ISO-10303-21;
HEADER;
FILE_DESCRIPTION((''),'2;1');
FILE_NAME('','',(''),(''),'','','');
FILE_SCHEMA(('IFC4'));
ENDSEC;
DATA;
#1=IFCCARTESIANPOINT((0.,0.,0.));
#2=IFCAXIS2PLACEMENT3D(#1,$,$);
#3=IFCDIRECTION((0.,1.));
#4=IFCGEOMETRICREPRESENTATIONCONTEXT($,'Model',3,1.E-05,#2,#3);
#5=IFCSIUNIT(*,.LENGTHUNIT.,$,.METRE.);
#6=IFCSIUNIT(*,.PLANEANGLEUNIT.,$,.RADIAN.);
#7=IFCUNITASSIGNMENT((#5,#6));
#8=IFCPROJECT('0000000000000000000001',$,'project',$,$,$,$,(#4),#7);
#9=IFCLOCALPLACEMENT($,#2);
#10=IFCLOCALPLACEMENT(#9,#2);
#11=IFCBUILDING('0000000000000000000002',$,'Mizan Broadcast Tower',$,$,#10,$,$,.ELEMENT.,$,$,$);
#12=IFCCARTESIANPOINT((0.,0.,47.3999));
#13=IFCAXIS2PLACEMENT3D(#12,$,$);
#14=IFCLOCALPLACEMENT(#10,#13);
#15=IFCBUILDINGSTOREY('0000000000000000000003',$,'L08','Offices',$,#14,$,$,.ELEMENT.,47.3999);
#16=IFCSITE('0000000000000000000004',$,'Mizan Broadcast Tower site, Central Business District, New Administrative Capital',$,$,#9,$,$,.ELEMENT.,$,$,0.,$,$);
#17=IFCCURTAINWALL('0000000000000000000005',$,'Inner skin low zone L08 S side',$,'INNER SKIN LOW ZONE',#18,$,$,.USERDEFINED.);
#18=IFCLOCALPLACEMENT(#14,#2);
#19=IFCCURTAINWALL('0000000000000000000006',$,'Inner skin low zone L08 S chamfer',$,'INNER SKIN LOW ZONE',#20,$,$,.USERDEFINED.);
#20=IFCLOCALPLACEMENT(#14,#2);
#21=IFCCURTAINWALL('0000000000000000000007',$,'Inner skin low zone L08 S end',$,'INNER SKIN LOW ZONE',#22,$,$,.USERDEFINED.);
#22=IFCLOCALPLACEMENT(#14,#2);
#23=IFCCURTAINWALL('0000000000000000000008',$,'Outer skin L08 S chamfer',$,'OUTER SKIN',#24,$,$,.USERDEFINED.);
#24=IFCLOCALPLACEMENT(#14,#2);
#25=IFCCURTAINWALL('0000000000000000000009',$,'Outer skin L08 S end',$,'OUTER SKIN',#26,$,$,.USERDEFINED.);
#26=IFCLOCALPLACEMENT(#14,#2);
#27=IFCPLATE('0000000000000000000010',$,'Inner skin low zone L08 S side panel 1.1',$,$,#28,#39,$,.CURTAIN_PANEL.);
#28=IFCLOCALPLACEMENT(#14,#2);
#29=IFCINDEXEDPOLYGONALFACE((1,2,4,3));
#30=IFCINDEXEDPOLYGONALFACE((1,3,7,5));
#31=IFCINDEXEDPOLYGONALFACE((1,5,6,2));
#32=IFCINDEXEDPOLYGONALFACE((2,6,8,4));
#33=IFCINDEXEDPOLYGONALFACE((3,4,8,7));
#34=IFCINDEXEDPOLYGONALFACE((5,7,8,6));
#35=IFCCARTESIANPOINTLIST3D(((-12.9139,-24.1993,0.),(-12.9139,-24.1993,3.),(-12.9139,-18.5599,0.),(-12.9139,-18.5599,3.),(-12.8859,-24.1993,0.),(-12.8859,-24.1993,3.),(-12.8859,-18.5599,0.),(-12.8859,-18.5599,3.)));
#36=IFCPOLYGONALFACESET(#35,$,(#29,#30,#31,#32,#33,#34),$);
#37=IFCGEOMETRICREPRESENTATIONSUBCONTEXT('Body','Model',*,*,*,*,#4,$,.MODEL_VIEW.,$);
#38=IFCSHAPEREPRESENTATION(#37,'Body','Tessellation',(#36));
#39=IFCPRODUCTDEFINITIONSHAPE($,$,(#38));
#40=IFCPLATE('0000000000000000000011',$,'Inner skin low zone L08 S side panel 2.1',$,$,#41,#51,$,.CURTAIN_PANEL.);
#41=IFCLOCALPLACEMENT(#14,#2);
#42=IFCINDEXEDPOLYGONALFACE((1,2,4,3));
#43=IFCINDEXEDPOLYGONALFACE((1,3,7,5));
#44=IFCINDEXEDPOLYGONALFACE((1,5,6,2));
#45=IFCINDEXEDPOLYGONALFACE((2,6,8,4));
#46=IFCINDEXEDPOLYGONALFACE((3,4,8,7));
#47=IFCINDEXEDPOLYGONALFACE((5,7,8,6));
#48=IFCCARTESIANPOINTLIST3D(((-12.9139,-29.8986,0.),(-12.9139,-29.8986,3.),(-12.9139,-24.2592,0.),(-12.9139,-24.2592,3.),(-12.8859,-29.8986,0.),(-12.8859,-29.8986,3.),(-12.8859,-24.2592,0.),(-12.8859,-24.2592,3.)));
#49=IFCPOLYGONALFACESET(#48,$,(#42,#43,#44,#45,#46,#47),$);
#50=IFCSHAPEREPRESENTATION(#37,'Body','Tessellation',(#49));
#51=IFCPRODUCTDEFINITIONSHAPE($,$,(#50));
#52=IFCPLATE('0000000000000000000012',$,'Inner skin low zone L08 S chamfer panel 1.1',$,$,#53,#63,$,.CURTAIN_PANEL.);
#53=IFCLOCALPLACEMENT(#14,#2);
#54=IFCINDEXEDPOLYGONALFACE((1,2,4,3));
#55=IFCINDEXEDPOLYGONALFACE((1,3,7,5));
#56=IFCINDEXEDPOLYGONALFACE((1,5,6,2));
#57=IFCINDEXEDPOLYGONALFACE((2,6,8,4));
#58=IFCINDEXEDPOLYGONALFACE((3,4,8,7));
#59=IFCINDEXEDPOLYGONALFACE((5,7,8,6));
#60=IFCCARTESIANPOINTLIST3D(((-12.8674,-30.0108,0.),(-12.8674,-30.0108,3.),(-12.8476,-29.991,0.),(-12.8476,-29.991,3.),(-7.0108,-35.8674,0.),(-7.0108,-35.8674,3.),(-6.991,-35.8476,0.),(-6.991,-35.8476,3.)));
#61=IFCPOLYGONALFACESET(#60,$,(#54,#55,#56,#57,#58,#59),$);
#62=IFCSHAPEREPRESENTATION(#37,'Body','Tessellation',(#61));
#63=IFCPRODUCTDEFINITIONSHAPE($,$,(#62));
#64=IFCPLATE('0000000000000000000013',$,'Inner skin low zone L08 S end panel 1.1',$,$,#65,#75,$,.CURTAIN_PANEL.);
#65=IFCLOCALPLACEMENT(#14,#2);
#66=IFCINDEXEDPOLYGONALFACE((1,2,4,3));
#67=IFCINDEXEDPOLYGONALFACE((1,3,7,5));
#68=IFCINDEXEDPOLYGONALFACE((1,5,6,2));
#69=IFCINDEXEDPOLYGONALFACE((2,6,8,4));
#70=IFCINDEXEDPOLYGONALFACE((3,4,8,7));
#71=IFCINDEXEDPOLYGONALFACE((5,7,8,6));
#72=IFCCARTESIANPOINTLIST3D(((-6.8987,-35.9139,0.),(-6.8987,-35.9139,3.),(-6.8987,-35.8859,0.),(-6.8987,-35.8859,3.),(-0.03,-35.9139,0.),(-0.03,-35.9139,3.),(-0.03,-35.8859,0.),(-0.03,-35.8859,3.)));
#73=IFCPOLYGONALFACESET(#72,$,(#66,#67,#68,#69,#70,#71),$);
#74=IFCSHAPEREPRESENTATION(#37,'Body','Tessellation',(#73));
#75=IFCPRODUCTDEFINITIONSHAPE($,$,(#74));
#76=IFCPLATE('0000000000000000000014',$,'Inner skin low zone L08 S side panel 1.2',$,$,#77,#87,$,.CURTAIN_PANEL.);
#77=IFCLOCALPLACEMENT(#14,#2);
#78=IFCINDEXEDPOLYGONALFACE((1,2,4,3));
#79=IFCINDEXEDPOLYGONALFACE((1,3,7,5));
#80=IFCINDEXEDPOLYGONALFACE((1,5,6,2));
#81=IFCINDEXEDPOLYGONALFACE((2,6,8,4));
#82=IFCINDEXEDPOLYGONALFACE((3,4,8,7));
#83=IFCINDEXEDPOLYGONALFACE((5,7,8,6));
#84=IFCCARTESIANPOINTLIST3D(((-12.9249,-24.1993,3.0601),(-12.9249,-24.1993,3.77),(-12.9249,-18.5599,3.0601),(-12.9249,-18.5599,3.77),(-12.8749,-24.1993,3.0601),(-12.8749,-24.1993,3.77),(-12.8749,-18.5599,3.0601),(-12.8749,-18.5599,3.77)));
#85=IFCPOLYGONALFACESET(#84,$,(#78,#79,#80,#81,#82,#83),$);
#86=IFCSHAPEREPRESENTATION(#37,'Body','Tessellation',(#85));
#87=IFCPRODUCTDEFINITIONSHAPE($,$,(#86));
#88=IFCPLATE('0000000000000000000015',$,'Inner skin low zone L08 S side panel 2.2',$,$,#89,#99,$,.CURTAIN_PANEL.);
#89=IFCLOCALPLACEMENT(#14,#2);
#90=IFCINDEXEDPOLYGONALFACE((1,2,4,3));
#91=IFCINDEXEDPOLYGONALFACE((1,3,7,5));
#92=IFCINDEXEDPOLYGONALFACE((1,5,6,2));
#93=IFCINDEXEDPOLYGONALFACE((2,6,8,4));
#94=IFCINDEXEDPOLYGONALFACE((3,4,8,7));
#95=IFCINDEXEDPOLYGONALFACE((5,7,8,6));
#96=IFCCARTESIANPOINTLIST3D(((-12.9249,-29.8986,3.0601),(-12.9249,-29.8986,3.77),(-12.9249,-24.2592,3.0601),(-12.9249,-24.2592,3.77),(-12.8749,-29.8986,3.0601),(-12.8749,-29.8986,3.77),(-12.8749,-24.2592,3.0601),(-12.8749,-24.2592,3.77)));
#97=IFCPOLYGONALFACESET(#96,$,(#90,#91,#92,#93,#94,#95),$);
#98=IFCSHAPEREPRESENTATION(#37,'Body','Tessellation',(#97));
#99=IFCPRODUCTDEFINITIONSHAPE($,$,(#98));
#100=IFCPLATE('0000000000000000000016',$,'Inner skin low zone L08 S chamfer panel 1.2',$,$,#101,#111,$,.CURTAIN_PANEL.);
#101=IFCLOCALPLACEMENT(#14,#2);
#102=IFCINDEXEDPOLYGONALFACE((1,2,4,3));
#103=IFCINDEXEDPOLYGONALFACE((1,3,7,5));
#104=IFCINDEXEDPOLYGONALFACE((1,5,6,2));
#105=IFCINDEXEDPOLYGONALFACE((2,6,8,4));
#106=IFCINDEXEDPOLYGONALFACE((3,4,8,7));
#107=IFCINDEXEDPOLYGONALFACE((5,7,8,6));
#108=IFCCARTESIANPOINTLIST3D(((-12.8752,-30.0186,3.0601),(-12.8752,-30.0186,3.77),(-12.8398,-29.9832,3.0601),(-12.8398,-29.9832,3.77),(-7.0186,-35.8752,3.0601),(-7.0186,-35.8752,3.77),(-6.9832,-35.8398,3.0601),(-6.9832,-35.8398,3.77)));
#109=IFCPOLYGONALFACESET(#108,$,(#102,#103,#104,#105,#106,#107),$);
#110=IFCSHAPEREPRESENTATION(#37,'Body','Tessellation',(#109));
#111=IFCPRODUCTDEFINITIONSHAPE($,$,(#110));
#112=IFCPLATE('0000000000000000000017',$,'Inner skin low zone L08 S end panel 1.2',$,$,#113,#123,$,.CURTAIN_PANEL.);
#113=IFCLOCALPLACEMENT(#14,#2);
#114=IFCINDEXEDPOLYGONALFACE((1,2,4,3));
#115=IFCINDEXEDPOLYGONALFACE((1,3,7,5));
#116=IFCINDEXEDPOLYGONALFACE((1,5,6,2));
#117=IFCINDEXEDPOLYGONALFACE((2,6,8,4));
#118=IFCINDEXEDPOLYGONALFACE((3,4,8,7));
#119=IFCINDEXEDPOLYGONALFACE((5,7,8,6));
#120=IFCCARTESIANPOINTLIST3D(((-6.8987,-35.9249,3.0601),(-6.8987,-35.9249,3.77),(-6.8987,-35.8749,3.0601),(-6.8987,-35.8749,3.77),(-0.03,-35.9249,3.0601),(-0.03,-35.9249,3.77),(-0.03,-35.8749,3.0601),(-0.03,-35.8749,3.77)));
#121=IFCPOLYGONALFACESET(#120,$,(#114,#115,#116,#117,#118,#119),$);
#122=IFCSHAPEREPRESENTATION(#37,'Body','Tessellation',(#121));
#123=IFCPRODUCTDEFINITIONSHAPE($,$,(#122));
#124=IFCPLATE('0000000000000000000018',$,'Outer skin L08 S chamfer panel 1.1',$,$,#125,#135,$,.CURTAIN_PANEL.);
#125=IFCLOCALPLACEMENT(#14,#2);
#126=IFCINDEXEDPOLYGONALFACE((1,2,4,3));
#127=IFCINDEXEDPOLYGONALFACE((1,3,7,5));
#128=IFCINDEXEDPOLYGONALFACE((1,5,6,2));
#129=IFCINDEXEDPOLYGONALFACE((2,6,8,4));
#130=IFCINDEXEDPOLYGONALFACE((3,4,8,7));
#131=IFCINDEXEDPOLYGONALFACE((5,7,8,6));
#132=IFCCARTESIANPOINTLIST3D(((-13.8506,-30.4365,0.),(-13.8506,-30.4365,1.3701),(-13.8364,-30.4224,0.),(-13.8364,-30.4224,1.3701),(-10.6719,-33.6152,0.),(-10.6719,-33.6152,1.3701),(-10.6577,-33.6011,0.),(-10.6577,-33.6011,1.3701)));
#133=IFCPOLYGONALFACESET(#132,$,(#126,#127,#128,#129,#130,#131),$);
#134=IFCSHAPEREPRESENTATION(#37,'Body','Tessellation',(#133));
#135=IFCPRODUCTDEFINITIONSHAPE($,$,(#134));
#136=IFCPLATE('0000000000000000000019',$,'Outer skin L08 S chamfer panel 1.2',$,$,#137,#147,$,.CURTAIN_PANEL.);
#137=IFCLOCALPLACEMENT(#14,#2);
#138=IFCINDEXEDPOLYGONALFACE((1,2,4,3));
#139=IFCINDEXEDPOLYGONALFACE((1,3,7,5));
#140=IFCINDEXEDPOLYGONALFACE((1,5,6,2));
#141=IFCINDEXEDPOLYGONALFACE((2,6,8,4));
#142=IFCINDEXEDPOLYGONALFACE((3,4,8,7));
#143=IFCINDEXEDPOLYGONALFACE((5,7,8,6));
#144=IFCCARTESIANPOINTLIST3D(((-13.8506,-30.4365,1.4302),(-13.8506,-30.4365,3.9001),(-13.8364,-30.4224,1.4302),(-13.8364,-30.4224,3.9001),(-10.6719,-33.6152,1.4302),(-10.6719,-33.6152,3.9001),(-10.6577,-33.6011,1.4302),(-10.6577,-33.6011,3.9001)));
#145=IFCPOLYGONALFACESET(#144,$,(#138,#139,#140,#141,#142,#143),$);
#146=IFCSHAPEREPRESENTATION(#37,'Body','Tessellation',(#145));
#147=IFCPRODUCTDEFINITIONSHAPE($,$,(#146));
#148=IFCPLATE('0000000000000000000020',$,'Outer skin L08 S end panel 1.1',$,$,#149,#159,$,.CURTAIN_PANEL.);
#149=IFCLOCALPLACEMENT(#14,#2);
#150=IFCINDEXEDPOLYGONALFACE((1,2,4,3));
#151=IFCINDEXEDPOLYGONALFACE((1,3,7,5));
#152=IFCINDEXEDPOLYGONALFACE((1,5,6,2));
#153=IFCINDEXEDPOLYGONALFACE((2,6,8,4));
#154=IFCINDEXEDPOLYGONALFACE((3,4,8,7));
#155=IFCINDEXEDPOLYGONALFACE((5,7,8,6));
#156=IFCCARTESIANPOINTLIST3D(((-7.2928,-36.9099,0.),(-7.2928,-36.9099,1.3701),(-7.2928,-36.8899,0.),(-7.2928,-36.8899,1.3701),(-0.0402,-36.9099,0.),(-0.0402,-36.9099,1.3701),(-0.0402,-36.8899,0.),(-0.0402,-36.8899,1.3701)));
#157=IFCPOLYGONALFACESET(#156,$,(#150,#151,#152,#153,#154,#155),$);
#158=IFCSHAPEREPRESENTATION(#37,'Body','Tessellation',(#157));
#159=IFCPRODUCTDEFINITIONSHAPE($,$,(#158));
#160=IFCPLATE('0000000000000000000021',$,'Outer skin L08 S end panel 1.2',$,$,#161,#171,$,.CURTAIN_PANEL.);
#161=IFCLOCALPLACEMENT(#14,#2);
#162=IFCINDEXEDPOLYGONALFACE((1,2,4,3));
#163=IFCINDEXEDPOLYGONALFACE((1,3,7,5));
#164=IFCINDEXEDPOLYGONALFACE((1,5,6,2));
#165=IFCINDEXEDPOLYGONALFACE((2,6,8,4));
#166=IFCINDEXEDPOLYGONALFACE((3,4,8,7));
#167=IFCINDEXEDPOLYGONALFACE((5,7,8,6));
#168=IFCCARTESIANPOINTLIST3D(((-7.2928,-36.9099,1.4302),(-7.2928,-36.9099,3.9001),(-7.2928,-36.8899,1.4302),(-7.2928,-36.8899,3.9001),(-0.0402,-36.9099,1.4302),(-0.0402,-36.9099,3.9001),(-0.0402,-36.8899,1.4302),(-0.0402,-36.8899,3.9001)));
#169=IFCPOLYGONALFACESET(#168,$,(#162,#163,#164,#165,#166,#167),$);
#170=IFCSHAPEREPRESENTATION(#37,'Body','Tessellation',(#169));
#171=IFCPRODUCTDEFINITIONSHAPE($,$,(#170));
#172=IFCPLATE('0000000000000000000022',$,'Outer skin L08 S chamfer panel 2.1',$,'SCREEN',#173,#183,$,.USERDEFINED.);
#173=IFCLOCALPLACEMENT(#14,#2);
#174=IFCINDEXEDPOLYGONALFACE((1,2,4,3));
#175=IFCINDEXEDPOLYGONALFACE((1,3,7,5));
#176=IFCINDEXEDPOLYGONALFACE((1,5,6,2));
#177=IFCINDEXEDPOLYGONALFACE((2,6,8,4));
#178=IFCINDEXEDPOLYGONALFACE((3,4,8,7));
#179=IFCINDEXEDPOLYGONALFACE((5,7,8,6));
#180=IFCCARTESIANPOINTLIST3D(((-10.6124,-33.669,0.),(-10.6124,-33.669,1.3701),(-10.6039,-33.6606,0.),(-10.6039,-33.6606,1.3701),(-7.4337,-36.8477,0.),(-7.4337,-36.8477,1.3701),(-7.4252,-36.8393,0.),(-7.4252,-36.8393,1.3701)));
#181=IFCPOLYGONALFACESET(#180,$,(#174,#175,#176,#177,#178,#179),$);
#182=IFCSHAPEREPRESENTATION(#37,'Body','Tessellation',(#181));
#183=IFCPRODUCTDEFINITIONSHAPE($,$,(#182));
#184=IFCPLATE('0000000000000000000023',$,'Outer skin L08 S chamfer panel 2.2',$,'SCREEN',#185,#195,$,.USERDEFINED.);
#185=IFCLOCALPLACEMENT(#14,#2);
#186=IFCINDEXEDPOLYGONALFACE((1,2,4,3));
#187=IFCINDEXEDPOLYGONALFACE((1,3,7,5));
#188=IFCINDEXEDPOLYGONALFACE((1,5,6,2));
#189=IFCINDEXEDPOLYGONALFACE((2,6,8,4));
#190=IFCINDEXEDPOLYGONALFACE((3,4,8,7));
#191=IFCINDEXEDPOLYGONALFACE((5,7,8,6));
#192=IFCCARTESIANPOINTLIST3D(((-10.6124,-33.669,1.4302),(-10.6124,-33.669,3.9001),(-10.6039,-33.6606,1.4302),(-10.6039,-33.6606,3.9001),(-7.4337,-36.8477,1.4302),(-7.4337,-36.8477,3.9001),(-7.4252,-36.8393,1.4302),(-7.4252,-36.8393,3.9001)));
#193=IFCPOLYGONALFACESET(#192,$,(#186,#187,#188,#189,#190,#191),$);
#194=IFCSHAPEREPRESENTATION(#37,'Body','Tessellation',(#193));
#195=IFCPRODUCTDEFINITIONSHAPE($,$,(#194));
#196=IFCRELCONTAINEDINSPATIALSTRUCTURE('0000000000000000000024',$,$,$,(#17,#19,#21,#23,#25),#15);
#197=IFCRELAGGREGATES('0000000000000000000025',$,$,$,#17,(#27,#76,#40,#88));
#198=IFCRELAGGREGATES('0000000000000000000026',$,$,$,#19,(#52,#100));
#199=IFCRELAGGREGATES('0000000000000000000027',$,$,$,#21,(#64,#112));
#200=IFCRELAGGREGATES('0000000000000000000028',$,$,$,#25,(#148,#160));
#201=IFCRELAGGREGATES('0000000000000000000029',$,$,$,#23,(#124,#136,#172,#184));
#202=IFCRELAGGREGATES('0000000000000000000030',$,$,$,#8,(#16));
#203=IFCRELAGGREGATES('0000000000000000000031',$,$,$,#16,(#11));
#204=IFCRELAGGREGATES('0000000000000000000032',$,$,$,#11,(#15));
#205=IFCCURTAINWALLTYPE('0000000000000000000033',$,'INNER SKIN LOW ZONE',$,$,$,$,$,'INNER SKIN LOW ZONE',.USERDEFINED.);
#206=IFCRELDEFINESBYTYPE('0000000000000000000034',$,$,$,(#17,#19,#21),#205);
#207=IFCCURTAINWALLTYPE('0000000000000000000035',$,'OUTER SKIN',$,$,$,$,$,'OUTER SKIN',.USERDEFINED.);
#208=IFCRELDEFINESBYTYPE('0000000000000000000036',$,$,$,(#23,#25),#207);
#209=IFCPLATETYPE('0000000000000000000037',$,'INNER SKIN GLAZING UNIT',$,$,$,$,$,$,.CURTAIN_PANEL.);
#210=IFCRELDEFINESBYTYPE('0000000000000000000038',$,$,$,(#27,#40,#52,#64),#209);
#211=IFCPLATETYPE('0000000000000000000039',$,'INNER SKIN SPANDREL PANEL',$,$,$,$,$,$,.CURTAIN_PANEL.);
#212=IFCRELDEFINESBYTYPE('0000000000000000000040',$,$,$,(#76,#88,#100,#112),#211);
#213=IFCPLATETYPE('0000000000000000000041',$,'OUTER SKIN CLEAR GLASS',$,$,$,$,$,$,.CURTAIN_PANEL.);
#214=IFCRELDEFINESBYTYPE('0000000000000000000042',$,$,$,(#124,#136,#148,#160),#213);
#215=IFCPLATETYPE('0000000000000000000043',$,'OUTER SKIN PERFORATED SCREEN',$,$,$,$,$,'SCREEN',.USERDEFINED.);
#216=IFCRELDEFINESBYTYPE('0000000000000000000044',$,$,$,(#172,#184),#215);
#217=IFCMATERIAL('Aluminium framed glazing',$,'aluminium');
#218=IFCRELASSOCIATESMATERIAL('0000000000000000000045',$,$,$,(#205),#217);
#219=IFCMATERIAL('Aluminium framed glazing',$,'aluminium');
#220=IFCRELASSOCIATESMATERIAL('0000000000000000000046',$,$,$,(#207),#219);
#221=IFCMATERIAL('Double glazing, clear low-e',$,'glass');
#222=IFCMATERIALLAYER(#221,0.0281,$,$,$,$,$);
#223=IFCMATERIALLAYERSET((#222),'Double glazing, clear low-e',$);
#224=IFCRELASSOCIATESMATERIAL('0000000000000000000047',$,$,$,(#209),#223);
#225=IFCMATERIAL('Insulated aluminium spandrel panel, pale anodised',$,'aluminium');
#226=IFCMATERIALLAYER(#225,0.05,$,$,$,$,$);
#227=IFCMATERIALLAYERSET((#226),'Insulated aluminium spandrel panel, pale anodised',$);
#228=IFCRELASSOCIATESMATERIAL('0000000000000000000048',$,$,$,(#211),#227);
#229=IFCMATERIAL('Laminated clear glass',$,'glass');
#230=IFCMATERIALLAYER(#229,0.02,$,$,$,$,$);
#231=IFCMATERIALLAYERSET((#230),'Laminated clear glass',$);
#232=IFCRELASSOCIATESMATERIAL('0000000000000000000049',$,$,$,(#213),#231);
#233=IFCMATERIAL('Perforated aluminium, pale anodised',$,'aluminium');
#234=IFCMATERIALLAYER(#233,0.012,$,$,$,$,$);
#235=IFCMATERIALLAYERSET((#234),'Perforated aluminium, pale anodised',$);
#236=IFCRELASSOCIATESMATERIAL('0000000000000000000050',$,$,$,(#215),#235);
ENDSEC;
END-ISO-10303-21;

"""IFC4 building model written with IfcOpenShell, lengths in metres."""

from ifc_helpers import new_model, si_unit, direction, frame, origin, origin_2d, place, context, subcontext, project, spatial, rectangle, extrude, material, layer, layer_set, type_object, element, aggregate, save


model = new_model("IFC4")

# Units and contexts
model_context = context("Model", 3, precision=1e-05, world=origin(), true_north=direction((0.0, 1.0)))
body_context = subcontext(model_context, "Body", "Model", "MODEL_VIEW")
ifc_project = project(units=[si_unit("LENGTHUNIT", "METRE"), si_unit("PLANEANGLEUNIT", "RADIAN")], contexts=[model_context])

# Site, building, storey
site_placement = place(None, origin())
site = spatial("IfcSite", under=ifc_project, at=site_placement, Name="Mizan Broadcast Tower site, Central Business District, New Administrative Capital", CompositionType="ELEMENT", RefElevation=0.0)
building_placement = place(site_placement, origin())
building = spatial("IfcBuilding", under=site, at=building_placement, Name="Mizan Broadcast Tower", CompositionType="ELEMENT")
storey_placement = place(building_placement, frame((0.0, 0.0, 47.3999)))
storey = spatial("IfcBuildingStorey", under=building, at=storey_placement, Name="L08", Description="Offices", CompositionType="ELEMENT", Elevation=47.3999)

# Curtain wall
ifc_material_1 = material(Name="Aluminium framed glazing", Category="aluminium")
curtain_wall_type_1 = type_object("IfcCurtainWallType", Name="INNER SKIN LOW ZONE", ElementType="INNER SKIN LOW ZONE", PredefinedType="USERDEFINED", material=ifc_material_1)
curtain_wall_1_placement = place(storey_placement, origin())
curtain_wall_1 = element("IfcCurtainWall", 1, at=curtain_wall_1_placement, inside=storey, type_object=curtain_wall_type_1, Name="Inner skin low zone L08 S side", ObjectType="INNER SKIN LOW ZONE", PredefinedType="USERDEFINED")

# Curtain wall
curtain_wall_2_placement = place(storey_placement, origin())
curtain_wall_2 = element("IfcCurtainWall", 2, at=curtain_wall_2_placement, inside=storey, type_object=curtain_wall_type_1, Name="Inner skin low zone L08 S chamfer", ObjectType="INNER SKIN LOW ZONE", PredefinedType="USERDEFINED")

# Curtain wall
curtain_wall_3_placement = place(storey_placement, origin())
curtain_wall_3 = element("IfcCurtainWall", 3, at=curtain_wall_3_placement, inside=storey, type_object=curtain_wall_type_1, Name="Inner skin low zone L08 S end", ObjectType="INNER SKIN LOW ZONE", PredefinedType="USERDEFINED")

# Curtain wall
ifc_material_2 = material(Name="Aluminium framed glazing", Category="aluminium")
curtain_wall_type_2 = type_object("IfcCurtainWallType", Name="OUTER SKIN", ElementType="OUTER SKIN", PredefinedType="USERDEFINED", material=ifc_material_2)
curtain_wall_4_placement = place(storey_placement, origin())
curtain_wall_4 = element("IfcCurtainWall", 4, at=curtain_wall_4_placement, inside=storey, type_object=curtain_wall_type_2, Name="Outer skin L08 S chamfer", ObjectType="OUTER SKIN", PredefinedType="USERDEFINED")

# Curtain wall
curtain_wall_5_placement = place(storey_placement, origin())
curtain_wall_5 = element("IfcCurtainWall", 5, at=curtain_wall_5_placement, inside=storey, type_object=curtain_wall_type_2, Name="Outer skin L08 S end", ObjectType="OUTER SKIN", PredefinedType="USERDEFINED")

# Plates
ifc_material_3 = material(Name="Double glazing, clear low-e", Category="glass")
ifc_layer_1 = layer(ifc_material_3, 0.0281)
ifc_layer_set_1 = layer_set([ifc_layer_1], Name="Double glazing, clear low-e")
plate_type_1 = type_object("IfcPlateType", Name="INNER SKIN GLAZING UNIT", PredefinedType="CURTAIN_PANEL", material=ifc_layer_set_1)
plate_1_placement = place(storey_placement, frame((-12.8999, -21.3796, 0.0), z_axis=(0.0, 0.0, 1.0), x_axis=(0.0, -1.0, 0.0)))
plate_1 = element("IfcPlate", 6, at=plate_1_placement, type_object=plate_type_1, Name="Inner skin low zone L08 S side panel 1.1", PredefinedType="CURTAIN_PANEL", context=body_context, shape_type="SweptSolid", body=[
    extrude(rectangle(XDim=5.6394, YDim=0.0281, at=origin_2d()), origin(), (0.0, 0.0, 1.0), 3.0),
])
plate_2_placement = place(storey_placement, frame((-12.8999, -27.0789, 0.0), z_axis=(0.0, 0.0, 1.0), x_axis=(0.0, -1.0, 0.0)))
plate_2 = element("IfcPlate", 7, at=plate_2_placement, type_object=plate_type_1, Name="Inner skin low zone L08 S side panel 2.1", PredefinedType="CURTAIN_PANEL", context=body_context, shape_type="SweptSolid", body=[
    extrude(rectangle(XDim=5.6394, YDim=0.0281, at=origin_2d()), origin(), (0.0, 0.0, 1.0), 3.0),
])
plate_3_placement = place(storey_placement, frame((-9.9292, -32.9292, 0.0), z_axis=(0.0, 0.0, 1.0), x_axis=(0.707107, -0.707107, 0.0)))
plate_3 = element("IfcPlate", 8, at=plate_3_placement, type_object=plate_type_1, Name="Inner skin low zone L08 S chamfer panel 1.1", PredefinedType="CURTAIN_PANEL", context=body_context, shape_type="SweptSolid", body=[
    extrude(rectangle(XDim=8.2825, YDim=0.0281, at=origin_2d()), origin(), (0.0, 0.0, 1.0), 3.0),
])
plate_4_placement = place(storey_placement, frame((-3.4644, -35.8999, 0.0), z_axis=(0.0, 0.0, 1.0), x_axis=(1.0, 0.0, 0.0)))
plate_4 = element("IfcPlate", 9, at=plate_4_placement, type_object=plate_type_1, Name="Inner skin low zone L08 S end panel 1.1", PredefinedType="CURTAIN_PANEL", context=body_context, shape_type="SweptSolid", body=[
    extrude(rectangle(XDim=6.8687, YDim=0.0281, at=origin_2d()), origin(), (0.0, 0.0, 1.0), 3.0),
])
ifc_material_4 = material(Name="Insulated aluminium spandrel panel, pale anodised", Category="aluminium")
ifc_layer_2 = layer(ifc_material_4, 0.05)
ifc_layer_set_2 = layer_set([ifc_layer_2], Name="Insulated aluminium spandrel panel, pale anodised")
plate_type_2 = type_object("IfcPlateType", Name="INNER SKIN SPANDREL PANEL", PredefinedType="CURTAIN_PANEL", material=ifc_layer_set_2)
plate_5_placement = place(storey_placement, frame((-12.8999, -21.3796, 3.0601), z_axis=(0.0, 0.0, 1.0), x_axis=(0.0, -1.0, 0.0)))
plate_5 = element("IfcPlate", 10, at=plate_5_placement, type_object=plate_type_2, Name="Inner skin low zone L08 S side panel 1.2", PredefinedType="CURTAIN_PANEL", context=body_context, shape_type="SweptSolid", body=[
    extrude(rectangle(XDim=5.6394, YDim=0.05, at=origin_2d()), origin(), (0.0, 0.0, 1.0), 0.71),
])
plate_6_placement = place(storey_placement, frame((-12.8999, -27.0789, 3.0601), z_axis=(0.0, 0.0, 1.0), x_axis=(0.0, -1.0, 0.0)))
plate_6 = element("IfcPlate", 11, at=plate_6_placement, type_object=plate_type_2, Name="Inner skin low zone L08 S side panel 2.2", PredefinedType="CURTAIN_PANEL", context=body_context, shape_type="SweptSolid", body=[
    extrude(rectangle(XDim=5.6394, YDim=0.05, at=origin_2d()), origin(), (0.0, 0.0, 1.0), 0.71),
])
aggregate(curtain_wall_1, [plate_1, plate_5, plate_2, plate_6])
plate_7_placement = place(storey_placement, frame((-9.9292, -32.9292, 3.0601), z_axis=(0.0, 0.0, 1.0), x_axis=(0.707107, -0.707107, 0.0)))
plate_7 = element("IfcPlate", 12, at=plate_7_placement, type_object=plate_type_2, Name="Inner skin low zone L08 S chamfer panel 1.2", PredefinedType="CURTAIN_PANEL", context=body_context, shape_type="SweptSolid", body=[
    extrude(rectangle(XDim=8.2825, YDim=0.05, at=origin_2d()), origin(), (0.0, 0.0, 1.0), 0.71),
])
aggregate(curtain_wall_2, [plate_3, plate_7])
plate_8_placement = place(storey_placement, frame((-3.4644, -35.8999, 3.0601), z_axis=(0.0, 0.0, 1.0), x_axis=(1.0, 0.0, 0.0)))
plate_8 = element("IfcPlate", 13, at=plate_8_placement, type_object=plate_type_2, Name="Inner skin low zone L08 S end panel 1.2", PredefinedType="CURTAIN_PANEL", context=body_context, shape_type="SweptSolid", body=[
    extrude(rectangle(XDim=6.8687, YDim=0.05, at=origin_2d()), origin(), (0.0, 0.0, 1.0), 0.71),
])
aggregate(curtain_wall_3, [plate_4, plate_8])
ifc_material_5 = material(Name="Laminated clear glass", Category="glass")
ifc_layer_3 = layer(ifc_material_5, 0.02)
ifc_layer_set_3 = layer_set([ifc_layer_3], Name="Laminated clear glass")
plate_type_3 = type_object("IfcPlateType", Name="OUTER SKIN CLEAR GLASS", PredefinedType="CURTAIN_PANEL", material=ifc_layer_set_3)
plate_9_placement = place(storey_placement, frame((-12.2542, -32.0188, 0.0), z_axis=(0.0, 0.0, 1.0), x_axis=(0.707107, -0.707107, 0.0)))
plate_9 = element("IfcPlate", 14, at=plate_9_placement, type_object=plate_type_3, Name="Outer skin L08 S chamfer panel 1.1", PredefinedType="CURTAIN_PANEL", context=body_context, shape_type="SweptSolid", body=[
    extrude(rectangle(XDim=4.4954, YDim=0.02, at=origin_2d()), origin(), (0.0, 0.0, 1.0), 1.3701),
])
plate_10_placement = place(storey_placement, frame((-12.2542, -32.0188, 1.4302), z_axis=(0.0, 0.0, 1.0), x_axis=(0.707107, -0.707107, 0.0)))
plate_10 = element("IfcPlate", 15, at=plate_10_placement, type_object=plate_type_3, Name="Outer skin L08 S chamfer panel 1.2", PredefinedType="CURTAIN_PANEL", context=body_context, shape_type="SweptSolid", body=[
    extrude(rectangle(XDim=4.4954, YDim=0.02, at=origin_2d()), origin(), (0.0, 0.0, 1.0), 2.47),
])
plate_11_placement = place(storey_placement, frame((-3.6665, -36.8999, 0.0), z_axis=(0.0, 0.0, 1.0), x_axis=(1.0, 0.0, 0.0)))
plate_11 = element("IfcPlate", 16, at=plate_11_placement, type_object=plate_type_3, Name="Outer skin L08 S end panel 1.1", PredefinedType="CURTAIN_PANEL", context=body_context, shape_type="SweptSolid", body=[
    extrude(rectangle(XDim=7.2527, YDim=0.02, at=origin_2d()), origin(), (0.0, 0.0, 1.0), 1.3701),
])
plate_12_placement = place(storey_placement, frame((-3.6665, -36.8999, 1.4302), z_axis=(0.0, 0.0, 1.0), x_axis=(1.0, 0.0, 0.0)))
plate_12 = element("IfcPlate", 17, at=plate_12_placement, type_object=plate_type_3, Name="Outer skin L08 S end panel 1.2", PredefinedType="CURTAIN_PANEL", context=body_context, shape_type="SweptSolid", body=[
    extrude(rectangle(XDim=7.2527, YDim=0.02, at=origin_2d()), origin(), (0.0, 0.0, 1.0), 2.47),
])
aggregate(curtain_wall_5, [plate_11, plate_12])
ifc_material_6 = material(Name="Perforated aluminium, pale anodised", Category="aluminium")
ifc_layer_4 = layer(ifc_material_6, 0.012)
ifc_layer_set_4 = layer_set([ifc_layer_4], Name="Perforated aluminium, pale anodised")
plate_type_4 = type_object("IfcPlateType", Name="OUTER SKIN PERFORATED SCREEN", ElementType="SCREEN", PredefinedType="USERDEFINED", material=ifc_layer_set_4)
plate_13_placement = place(storey_placement, frame((-9.0188, -35.2542, 0.0), z_axis=(0.0, 0.0, 1.0), x_axis=(0.707107, -0.707107, 0.0)))
plate_13 = element("IfcPlate", 18, at=plate_13_placement, type_object=plate_type_4, Name="Outer skin L08 S chamfer panel 2.1", ObjectType="SCREEN", PredefinedType="USERDEFINED", context=body_context, shape_type="SweptSolid", body=[
    extrude(rectangle(XDim=4.4954, YDim=0.012, at=origin_2d()), origin(), (0.0, 0.0, 1.0), 1.3701),
])
plate_14_placement = place(storey_placement, frame((-9.0188, -35.2542, 1.4302), z_axis=(0.0, 0.0, 1.0), x_axis=(0.707107, -0.707107, 0.0)))
plate_14 = element("IfcPlate", 19, at=plate_14_placement, type_object=plate_type_4, Name="Outer skin L08 S chamfer panel 2.2", ObjectType="SCREEN", PredefinedType="USERDEFINED", context=body_context, shape_type="SweptSolid", body=[
    extrude(rectangle(XDim=4.4954, YDim=0.012, at=origin_2d()), origin(), (0.0, 0.0, 1.0), 2.47),
])
aggregate(curtain_wall_4, [plate_9, plate_10, plate_13, plate_14])

save(model, "model.ifc")
